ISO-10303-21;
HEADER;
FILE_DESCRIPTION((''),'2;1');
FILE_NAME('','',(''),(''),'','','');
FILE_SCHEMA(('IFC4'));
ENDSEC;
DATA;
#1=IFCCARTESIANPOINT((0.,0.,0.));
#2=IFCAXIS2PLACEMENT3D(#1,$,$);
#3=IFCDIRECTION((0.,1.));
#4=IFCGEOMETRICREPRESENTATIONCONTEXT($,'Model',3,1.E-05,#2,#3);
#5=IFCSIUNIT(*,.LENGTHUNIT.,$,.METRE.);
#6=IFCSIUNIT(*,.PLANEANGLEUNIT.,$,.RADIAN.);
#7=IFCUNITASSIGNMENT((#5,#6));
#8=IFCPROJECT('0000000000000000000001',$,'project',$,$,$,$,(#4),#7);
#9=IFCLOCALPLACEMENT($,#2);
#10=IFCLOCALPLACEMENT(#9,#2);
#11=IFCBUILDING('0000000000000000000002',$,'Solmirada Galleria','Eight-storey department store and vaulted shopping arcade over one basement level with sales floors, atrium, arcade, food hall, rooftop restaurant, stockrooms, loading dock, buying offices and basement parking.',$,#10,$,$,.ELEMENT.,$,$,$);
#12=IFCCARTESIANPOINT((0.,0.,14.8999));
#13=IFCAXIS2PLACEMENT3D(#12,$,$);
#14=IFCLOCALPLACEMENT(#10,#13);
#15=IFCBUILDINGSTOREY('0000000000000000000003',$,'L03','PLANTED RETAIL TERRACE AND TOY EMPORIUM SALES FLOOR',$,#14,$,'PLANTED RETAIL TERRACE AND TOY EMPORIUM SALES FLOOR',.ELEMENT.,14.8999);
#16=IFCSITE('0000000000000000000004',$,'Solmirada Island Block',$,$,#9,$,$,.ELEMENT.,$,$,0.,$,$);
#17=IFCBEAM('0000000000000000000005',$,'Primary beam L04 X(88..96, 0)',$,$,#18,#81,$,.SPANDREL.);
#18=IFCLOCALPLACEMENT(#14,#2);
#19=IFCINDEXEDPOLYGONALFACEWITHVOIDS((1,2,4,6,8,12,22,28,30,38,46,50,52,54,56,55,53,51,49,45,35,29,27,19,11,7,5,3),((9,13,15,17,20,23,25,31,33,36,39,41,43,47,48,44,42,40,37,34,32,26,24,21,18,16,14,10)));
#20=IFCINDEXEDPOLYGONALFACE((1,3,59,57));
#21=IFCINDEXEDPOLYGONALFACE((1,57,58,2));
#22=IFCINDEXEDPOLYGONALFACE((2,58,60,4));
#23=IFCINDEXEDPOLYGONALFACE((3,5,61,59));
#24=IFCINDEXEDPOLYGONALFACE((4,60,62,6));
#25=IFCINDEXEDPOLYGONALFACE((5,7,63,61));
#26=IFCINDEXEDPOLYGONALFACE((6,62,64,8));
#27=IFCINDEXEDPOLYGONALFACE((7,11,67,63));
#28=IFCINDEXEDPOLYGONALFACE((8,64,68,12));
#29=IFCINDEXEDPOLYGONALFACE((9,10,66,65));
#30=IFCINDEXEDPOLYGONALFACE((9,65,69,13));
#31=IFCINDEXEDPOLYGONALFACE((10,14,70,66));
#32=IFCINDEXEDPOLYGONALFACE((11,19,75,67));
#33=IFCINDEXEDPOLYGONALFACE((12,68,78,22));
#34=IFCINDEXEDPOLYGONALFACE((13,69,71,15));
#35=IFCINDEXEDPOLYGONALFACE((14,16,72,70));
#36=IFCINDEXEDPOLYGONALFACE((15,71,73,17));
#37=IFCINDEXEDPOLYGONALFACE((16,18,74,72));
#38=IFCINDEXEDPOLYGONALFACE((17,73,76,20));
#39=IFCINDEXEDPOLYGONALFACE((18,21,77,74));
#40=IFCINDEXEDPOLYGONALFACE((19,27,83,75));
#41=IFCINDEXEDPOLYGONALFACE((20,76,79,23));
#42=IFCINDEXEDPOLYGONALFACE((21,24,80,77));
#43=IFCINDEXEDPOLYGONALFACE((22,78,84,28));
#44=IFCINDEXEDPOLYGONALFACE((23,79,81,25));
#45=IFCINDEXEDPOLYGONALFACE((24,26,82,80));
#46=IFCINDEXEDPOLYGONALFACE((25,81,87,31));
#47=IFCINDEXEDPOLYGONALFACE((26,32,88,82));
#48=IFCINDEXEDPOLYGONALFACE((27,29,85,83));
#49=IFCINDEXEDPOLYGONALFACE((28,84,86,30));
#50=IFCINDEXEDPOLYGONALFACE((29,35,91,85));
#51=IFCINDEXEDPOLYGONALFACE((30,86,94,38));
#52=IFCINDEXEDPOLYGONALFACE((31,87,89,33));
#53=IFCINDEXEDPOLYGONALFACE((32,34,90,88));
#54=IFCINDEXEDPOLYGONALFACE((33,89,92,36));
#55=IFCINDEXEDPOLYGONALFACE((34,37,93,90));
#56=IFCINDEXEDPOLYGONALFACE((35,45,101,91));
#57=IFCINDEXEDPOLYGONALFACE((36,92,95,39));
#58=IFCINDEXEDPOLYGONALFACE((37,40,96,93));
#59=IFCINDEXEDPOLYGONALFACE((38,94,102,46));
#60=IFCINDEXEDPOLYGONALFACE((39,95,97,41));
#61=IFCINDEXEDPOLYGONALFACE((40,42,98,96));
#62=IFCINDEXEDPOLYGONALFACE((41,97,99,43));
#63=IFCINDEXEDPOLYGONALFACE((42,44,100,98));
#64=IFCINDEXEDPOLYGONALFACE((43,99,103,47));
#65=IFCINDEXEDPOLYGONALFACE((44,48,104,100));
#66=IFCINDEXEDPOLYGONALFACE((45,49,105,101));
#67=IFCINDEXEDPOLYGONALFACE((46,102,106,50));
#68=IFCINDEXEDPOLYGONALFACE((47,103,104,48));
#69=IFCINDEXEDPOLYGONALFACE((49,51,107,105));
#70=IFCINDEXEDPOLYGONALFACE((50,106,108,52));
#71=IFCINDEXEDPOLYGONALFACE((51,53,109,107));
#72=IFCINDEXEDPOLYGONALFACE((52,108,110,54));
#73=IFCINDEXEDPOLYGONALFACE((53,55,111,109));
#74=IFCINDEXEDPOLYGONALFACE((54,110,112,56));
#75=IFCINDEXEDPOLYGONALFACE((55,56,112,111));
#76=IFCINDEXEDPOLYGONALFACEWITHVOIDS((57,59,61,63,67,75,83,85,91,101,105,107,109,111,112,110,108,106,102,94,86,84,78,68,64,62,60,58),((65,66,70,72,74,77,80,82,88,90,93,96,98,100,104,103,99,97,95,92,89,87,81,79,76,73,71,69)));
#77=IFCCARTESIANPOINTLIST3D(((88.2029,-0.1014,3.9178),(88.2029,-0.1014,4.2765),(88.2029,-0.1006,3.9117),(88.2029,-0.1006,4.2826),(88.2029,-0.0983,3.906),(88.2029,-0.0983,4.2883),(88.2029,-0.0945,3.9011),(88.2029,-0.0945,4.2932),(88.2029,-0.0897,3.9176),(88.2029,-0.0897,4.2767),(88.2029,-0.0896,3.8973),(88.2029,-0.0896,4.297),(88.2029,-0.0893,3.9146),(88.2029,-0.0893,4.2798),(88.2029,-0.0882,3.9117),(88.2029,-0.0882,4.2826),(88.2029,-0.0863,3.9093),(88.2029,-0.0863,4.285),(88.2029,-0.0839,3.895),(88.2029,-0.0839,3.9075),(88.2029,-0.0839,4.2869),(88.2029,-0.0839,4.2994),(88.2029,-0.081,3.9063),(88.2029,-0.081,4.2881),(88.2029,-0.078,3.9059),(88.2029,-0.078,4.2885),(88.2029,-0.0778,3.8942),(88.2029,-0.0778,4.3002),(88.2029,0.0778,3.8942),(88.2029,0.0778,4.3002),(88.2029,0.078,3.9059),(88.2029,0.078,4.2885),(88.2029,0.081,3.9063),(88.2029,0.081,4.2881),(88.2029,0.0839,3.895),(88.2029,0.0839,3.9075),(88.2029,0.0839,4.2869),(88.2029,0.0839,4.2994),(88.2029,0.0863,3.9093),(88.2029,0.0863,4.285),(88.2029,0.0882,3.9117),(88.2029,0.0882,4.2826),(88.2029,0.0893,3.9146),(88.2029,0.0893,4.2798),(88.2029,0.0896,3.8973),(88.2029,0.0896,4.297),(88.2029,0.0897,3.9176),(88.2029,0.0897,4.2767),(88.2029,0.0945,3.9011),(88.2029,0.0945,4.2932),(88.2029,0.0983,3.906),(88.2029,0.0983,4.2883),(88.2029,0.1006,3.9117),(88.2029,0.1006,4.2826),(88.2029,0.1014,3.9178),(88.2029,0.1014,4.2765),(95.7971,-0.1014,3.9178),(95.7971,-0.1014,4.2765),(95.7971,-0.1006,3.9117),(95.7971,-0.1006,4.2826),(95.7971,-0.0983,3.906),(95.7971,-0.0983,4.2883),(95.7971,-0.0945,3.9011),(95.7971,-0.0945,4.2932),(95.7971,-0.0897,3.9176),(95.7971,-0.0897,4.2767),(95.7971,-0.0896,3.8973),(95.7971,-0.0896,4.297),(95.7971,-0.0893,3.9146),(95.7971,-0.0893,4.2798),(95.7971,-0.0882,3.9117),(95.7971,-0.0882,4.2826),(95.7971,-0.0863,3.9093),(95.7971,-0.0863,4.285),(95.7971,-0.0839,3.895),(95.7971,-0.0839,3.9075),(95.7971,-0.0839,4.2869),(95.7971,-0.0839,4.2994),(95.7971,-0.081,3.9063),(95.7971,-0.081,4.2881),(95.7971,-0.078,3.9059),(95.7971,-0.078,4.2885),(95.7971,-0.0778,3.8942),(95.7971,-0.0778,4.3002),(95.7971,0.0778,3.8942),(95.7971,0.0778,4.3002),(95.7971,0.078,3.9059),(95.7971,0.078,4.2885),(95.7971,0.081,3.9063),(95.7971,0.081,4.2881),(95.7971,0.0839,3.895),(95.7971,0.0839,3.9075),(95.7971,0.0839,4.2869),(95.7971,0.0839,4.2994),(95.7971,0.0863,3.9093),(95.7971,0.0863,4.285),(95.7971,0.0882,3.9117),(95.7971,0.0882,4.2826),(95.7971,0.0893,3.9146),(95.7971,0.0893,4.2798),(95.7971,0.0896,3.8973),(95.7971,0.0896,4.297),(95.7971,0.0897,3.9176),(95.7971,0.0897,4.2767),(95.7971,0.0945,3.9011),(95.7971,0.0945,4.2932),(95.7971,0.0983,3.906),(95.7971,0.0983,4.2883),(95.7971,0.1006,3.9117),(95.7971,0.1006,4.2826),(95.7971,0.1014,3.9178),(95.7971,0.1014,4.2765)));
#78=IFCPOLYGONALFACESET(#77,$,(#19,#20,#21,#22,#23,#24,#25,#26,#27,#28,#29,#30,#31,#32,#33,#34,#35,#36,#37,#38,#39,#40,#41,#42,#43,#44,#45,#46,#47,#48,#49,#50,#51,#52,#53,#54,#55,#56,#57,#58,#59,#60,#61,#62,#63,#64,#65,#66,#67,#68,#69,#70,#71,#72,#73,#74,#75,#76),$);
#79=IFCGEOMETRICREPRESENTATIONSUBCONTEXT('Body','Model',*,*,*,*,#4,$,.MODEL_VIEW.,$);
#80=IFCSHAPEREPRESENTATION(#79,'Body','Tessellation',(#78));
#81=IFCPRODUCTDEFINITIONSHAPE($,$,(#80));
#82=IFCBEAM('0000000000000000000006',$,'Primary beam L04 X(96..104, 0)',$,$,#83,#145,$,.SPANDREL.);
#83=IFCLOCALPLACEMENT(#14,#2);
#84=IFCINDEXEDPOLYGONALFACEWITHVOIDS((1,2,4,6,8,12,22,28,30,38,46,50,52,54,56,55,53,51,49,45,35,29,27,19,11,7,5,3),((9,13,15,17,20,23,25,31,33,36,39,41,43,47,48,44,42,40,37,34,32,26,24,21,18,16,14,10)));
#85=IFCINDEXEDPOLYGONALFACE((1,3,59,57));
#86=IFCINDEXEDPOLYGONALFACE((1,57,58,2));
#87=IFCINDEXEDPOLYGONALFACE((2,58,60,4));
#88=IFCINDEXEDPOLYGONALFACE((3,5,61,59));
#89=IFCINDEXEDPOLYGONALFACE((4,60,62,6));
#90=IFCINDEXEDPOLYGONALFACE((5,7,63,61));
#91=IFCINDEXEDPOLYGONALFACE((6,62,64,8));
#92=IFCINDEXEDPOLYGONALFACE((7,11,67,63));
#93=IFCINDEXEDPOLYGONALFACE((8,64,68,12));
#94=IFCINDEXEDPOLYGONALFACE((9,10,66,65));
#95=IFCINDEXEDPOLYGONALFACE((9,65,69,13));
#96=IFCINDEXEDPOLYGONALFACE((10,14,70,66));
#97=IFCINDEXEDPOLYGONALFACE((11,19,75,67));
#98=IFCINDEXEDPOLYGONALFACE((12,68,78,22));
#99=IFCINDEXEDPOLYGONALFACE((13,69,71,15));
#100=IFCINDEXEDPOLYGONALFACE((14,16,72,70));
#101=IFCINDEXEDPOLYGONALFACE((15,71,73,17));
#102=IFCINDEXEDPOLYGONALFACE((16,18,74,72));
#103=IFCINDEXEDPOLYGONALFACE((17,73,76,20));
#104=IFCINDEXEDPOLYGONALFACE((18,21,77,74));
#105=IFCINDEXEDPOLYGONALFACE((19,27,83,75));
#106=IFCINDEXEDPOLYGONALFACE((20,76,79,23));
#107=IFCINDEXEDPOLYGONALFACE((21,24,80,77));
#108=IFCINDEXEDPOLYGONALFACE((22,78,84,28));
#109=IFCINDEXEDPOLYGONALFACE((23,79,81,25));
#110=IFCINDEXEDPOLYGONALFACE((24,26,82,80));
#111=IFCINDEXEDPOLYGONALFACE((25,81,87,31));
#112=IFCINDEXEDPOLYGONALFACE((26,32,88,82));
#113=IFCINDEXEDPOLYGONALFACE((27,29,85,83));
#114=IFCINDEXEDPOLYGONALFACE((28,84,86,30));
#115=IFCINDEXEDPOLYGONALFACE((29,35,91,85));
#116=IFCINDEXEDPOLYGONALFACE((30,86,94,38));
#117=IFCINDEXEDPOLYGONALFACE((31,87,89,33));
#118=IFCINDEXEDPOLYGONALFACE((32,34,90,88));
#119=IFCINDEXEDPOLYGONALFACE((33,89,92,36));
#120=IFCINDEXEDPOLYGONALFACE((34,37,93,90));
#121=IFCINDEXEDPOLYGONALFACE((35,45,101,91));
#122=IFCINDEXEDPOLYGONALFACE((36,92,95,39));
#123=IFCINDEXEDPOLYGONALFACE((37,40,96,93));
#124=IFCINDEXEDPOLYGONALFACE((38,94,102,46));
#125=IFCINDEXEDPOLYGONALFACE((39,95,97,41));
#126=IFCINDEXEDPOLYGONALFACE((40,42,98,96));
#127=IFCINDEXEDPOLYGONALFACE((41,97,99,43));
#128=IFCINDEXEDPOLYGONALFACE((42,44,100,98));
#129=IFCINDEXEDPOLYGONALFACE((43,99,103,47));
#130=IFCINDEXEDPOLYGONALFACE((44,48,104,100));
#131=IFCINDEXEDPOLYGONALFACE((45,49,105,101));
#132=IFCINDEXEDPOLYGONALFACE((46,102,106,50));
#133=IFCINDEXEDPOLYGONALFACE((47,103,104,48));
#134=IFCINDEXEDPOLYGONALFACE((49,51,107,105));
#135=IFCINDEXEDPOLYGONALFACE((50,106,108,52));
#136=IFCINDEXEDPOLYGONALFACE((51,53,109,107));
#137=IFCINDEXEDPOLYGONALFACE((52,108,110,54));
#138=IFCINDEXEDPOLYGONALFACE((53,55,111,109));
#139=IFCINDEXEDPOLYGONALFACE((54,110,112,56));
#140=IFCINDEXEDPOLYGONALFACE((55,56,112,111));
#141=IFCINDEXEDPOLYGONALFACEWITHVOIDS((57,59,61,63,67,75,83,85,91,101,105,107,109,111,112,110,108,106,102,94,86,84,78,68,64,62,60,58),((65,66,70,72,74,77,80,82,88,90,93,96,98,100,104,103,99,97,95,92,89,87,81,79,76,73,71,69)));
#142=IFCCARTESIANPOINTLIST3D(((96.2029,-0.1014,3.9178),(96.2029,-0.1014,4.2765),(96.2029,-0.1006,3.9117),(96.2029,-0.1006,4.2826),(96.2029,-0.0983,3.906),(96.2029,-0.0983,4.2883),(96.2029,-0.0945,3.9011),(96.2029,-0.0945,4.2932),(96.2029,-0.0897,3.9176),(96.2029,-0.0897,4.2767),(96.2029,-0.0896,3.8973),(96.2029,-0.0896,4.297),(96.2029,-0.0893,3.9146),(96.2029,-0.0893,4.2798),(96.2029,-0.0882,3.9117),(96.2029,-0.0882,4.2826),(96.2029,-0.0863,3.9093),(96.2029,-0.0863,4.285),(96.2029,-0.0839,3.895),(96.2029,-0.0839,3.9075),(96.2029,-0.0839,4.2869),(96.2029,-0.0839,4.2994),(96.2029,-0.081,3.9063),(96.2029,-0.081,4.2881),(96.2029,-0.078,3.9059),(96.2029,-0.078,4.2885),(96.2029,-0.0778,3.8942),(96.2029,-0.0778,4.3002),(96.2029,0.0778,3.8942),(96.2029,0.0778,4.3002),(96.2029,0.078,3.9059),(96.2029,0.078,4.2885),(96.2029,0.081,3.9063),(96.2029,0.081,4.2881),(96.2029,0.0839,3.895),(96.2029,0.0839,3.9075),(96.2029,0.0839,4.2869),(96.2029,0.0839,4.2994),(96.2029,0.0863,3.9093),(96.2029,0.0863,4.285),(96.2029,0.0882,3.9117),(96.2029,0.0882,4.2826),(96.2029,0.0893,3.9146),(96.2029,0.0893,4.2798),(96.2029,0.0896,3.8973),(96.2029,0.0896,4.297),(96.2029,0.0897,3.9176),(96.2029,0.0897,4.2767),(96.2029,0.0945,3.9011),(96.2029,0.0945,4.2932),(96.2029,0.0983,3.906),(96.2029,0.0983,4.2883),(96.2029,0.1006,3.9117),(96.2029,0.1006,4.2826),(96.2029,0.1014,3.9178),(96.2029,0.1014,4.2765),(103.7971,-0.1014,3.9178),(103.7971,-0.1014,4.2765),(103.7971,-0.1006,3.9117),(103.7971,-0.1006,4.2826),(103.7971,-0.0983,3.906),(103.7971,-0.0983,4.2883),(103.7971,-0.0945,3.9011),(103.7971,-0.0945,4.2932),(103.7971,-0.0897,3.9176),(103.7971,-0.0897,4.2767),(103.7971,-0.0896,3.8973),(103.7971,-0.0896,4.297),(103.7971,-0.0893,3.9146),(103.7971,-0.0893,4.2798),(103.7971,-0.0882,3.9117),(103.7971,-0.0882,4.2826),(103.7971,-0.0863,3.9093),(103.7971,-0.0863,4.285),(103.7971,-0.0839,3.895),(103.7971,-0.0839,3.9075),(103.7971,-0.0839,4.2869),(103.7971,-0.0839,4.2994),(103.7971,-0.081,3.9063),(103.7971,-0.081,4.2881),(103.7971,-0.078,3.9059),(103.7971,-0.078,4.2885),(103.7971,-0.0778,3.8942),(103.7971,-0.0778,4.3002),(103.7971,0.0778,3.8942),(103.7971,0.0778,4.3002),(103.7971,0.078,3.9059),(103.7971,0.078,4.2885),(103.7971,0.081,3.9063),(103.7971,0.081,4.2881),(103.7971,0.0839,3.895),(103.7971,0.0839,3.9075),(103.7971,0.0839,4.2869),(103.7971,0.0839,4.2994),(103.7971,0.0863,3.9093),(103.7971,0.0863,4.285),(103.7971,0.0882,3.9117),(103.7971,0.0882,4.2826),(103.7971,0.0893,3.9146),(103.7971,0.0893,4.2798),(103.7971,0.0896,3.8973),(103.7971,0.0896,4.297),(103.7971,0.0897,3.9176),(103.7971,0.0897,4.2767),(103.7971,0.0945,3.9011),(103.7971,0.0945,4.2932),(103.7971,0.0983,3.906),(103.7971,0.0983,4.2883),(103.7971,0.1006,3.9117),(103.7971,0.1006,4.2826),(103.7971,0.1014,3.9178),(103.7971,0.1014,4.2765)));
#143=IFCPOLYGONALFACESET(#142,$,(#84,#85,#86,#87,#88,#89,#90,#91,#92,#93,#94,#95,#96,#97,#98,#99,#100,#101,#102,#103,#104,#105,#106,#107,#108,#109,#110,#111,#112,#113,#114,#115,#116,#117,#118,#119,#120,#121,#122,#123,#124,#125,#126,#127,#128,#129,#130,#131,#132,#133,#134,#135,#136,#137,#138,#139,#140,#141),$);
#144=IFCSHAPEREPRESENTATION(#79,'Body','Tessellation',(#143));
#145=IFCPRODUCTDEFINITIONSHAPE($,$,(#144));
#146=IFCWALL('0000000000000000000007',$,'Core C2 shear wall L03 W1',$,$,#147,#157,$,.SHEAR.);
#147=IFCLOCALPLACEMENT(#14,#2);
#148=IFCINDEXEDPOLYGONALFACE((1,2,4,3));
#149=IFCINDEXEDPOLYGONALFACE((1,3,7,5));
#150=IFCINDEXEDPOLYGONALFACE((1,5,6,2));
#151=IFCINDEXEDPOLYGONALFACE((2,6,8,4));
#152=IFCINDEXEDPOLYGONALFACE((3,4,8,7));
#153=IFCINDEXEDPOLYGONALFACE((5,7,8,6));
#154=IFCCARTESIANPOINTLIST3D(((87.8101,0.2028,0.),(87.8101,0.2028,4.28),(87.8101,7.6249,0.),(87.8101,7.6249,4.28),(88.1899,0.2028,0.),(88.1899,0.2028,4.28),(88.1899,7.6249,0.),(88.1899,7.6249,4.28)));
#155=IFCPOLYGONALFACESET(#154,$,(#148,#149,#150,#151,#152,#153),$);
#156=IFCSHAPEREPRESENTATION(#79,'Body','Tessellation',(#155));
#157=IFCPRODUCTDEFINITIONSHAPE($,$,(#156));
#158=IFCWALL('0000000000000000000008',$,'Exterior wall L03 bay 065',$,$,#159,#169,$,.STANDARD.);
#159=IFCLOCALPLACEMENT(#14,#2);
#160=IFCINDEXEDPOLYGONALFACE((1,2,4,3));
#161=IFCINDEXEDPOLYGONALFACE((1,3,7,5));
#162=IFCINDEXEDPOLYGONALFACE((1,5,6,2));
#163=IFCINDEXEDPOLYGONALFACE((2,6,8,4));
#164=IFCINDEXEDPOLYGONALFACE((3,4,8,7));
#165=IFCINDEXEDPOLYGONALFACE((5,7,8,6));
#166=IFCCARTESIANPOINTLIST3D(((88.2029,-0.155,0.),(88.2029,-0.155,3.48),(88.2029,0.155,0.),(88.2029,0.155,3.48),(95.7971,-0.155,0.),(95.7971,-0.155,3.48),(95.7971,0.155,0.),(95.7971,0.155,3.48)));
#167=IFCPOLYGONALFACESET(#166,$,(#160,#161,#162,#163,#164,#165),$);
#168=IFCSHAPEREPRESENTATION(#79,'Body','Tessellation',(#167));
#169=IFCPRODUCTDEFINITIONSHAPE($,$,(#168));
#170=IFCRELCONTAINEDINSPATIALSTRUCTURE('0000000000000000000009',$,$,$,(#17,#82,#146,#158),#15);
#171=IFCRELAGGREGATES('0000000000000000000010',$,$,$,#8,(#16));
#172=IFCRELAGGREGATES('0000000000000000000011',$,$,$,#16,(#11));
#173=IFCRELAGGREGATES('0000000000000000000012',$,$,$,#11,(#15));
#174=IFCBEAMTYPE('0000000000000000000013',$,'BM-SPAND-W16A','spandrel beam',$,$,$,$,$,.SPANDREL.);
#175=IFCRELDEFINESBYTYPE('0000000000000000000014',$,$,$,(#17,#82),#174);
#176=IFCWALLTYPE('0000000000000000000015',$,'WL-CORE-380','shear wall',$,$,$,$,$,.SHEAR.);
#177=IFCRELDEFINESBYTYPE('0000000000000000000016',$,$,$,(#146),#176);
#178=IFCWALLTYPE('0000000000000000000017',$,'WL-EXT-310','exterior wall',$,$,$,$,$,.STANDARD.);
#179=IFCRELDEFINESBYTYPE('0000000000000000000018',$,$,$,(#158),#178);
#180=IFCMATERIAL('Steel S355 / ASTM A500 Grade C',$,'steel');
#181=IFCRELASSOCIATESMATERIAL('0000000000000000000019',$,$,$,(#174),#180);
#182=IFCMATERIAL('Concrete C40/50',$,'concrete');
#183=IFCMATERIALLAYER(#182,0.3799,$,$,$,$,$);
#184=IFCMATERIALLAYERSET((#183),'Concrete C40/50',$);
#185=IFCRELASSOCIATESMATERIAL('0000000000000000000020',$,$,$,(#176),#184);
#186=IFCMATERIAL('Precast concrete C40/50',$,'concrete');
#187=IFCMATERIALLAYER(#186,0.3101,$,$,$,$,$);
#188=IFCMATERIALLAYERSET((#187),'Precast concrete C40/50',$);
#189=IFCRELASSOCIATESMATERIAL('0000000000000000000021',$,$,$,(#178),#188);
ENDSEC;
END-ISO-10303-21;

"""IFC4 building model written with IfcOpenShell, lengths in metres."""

from ifc_helpers import new_model, si_unit, direction, frame, frame_2d, origin, origin_2d, place, context, subcontext, project, spatial, rectangle, hollow_rectangle, extrude, material, layer, layer_set, material_profile, profile_set, type_object, element, save


model = new_model("IFC4")

# Units and contexts
model_context = context("Model", 3, precision=1e-05, world=origin(), true_north=direction((0.0, 1.0)))
body_context = subcontext(model_context, "Body", "Model", "MODEL_VIEW")
ifc_project = project(units=[si_unit("LENGTHUNIT", "METRE"), si_unit("PLANEANGLEUNIT", "RADIAN")], contexts=[model_context])

# Site, building, storey
site_placement = place(None, origin())
site = spatial("IfcSite", under=ifc_project, at=site_placement, Name="Solmirada Island Block", CompositionType="ELEMENT", RefElevation=0.0)
building_placement = place(site_placement, origin())
building = spatial("IfcBuilding", under=site, at=building_placement, Name="Solmirada Galleria", Description="Eight-storey department store and vaulted shopping arcade over one basement level with sales floors, atrium, arcade, food hall, rooftop restaurant, stockrooms, loading dock, buying offices and basement parking.", CompositionType="ELEMENT")
storey_placement = place(building_placement, frame((0.0, 0.0, 14.8999)))
storey = spatial("IfcBuildingStorey", under=building, at=storey_placement, Name="L03", Description="PLANTED RETAIL TERRACE AND TOY EMPORIUM SALES FLOOR", LongName="PLANTED RETAIL TERRACE AND TOY EMPORIUM SALES FLOOR", CompositionType="ELEMENT", Elevation=14.8999)

# Shared definitions
ifc_material_1 = material(Name="Steel S355 / ASTM A500 Grade C", Category="steel")
ifc_material_2 = material(Name="Concrete C40/50", Category="concrete")

# Beams
ifc_material_profile_1 = material_profile(ifc_material_1, hollow_rectangle(XDim=0.2029, YDim=0.406, WallThickness=0.0117, InnerFilletRadius=0.0117, OuterFilletRadius=0.0237, at=origin_2d()), Name="HSS16X8X1/2")
ifc_profile_set_1 = profile_set([ifc_material_profile_1], Name="Steel S355 / ASTM A500 Grade C")
beam_type_1 = type_object("IfcBeamType", Name="BM-SPAND-W16A", Description="spandrel beam", PredefinedType="SPANDREL", material=ifc_profile_set_1)
for number, where, z_axis, x_axis, name in (
    (1, (88.2029, 0.0, 4.0972), (1.0, 0.0, 0.0), (0.0, 1.0, 0.0), "Primary beam L04 X(88..96, 0)"),
    (2, (96.2029, 0.0, 4.0972), (1.0, 0.0, 0.0), (0.0, 1.0, 0.0), "Primary beam L04 X(96..104, 0)"),
):
    element("IfcBeam", number, at=place(storey_placement, frame(where, z_axis=z_axis, x_axis=x_axis)), inside=storey, type_object=beam_type_1, Name=name, PredefinedType="SPANDREL", context=body_context, shape_type="SweptSolid", body=[
        extrude(hollow_rectangle(XDim=0.2029, YDim=0.406, WallThickness=0.0117, InnerFilletRadius=0.0117, OuterFilletRadius=0.0237, at=origin_2d()), origin(), (0.0, 0.0, 1.0), 7.5942),
    ])

# Wall
ifc_layer_1 = layer(ifc_material_2, 0.3799)
ifc_layer_set_1 = layer_set([ifc_layer_1], Name="Concrete C40/50")
wall_type_1 = type_object("IfcWallType", Name="WL-CORE-380", Description="shear wall", PredefinedType="SHEAR", material=ifc_layer_set_1)
wall_1_placement = place(storey_placement, frame((88.0, 0.2029, 0.0), z_axis=(0.0, 0.0, 1.0), x_axis=(0.0, 1.0, 0.0)))
element("IfcWall", 3, at=wall_1_placement, inside=storey, type_object=wall_type_1, Name="Core C2 shear wall L03 W1", PredefinedType="SHEAR", context=body_context, shape_type="SweptSolid", body=[
    extrude(rectangle(XDim=7.4221, YDim=0.3799, at=frame_2d((3.7109, 0.0))), origin(), (0.0, 0.0, 1.0), 4.28),
])

# Wall
ifc_material_3 = material(Name="Precast concrete C40/50", Category="concrete")
ifc_layer_2 = layer(ifc_material_3, 0.3101)
ifc_layer_set_2 = layer_set([ifc_layer_2], Name="Precast concrete C40/50")
wall_type_2 = type_object("IfcWallType", Name="WL-EXT-310", Description="exterior wall", PredefinedType="STANDARD", material=ifc_layer_set_2)
wall_2_placement = place(storey_placement, frame((95.7971, 0.0, 0.0), z_axis=(0.0, 0.0, 1.0), x_axis=(-1.0, 0.0, 0.0)))
element("IfcWall", 4, at=wall_2_placement, inside=storey, type_object=wall_type_2, Name="Exterior wall L03 bay 065", PredefinedType="STANDARD", context=body_context, shape_type="SweptSolid", body=[
    extrude(rectangle(XDim=7.5942, YDim=0.3101, at=frame_2d((3.7971, 0.0))), origin(), (0.0, 0.0, 1.0), 3.48),
])

save(model, "model.ifc")
